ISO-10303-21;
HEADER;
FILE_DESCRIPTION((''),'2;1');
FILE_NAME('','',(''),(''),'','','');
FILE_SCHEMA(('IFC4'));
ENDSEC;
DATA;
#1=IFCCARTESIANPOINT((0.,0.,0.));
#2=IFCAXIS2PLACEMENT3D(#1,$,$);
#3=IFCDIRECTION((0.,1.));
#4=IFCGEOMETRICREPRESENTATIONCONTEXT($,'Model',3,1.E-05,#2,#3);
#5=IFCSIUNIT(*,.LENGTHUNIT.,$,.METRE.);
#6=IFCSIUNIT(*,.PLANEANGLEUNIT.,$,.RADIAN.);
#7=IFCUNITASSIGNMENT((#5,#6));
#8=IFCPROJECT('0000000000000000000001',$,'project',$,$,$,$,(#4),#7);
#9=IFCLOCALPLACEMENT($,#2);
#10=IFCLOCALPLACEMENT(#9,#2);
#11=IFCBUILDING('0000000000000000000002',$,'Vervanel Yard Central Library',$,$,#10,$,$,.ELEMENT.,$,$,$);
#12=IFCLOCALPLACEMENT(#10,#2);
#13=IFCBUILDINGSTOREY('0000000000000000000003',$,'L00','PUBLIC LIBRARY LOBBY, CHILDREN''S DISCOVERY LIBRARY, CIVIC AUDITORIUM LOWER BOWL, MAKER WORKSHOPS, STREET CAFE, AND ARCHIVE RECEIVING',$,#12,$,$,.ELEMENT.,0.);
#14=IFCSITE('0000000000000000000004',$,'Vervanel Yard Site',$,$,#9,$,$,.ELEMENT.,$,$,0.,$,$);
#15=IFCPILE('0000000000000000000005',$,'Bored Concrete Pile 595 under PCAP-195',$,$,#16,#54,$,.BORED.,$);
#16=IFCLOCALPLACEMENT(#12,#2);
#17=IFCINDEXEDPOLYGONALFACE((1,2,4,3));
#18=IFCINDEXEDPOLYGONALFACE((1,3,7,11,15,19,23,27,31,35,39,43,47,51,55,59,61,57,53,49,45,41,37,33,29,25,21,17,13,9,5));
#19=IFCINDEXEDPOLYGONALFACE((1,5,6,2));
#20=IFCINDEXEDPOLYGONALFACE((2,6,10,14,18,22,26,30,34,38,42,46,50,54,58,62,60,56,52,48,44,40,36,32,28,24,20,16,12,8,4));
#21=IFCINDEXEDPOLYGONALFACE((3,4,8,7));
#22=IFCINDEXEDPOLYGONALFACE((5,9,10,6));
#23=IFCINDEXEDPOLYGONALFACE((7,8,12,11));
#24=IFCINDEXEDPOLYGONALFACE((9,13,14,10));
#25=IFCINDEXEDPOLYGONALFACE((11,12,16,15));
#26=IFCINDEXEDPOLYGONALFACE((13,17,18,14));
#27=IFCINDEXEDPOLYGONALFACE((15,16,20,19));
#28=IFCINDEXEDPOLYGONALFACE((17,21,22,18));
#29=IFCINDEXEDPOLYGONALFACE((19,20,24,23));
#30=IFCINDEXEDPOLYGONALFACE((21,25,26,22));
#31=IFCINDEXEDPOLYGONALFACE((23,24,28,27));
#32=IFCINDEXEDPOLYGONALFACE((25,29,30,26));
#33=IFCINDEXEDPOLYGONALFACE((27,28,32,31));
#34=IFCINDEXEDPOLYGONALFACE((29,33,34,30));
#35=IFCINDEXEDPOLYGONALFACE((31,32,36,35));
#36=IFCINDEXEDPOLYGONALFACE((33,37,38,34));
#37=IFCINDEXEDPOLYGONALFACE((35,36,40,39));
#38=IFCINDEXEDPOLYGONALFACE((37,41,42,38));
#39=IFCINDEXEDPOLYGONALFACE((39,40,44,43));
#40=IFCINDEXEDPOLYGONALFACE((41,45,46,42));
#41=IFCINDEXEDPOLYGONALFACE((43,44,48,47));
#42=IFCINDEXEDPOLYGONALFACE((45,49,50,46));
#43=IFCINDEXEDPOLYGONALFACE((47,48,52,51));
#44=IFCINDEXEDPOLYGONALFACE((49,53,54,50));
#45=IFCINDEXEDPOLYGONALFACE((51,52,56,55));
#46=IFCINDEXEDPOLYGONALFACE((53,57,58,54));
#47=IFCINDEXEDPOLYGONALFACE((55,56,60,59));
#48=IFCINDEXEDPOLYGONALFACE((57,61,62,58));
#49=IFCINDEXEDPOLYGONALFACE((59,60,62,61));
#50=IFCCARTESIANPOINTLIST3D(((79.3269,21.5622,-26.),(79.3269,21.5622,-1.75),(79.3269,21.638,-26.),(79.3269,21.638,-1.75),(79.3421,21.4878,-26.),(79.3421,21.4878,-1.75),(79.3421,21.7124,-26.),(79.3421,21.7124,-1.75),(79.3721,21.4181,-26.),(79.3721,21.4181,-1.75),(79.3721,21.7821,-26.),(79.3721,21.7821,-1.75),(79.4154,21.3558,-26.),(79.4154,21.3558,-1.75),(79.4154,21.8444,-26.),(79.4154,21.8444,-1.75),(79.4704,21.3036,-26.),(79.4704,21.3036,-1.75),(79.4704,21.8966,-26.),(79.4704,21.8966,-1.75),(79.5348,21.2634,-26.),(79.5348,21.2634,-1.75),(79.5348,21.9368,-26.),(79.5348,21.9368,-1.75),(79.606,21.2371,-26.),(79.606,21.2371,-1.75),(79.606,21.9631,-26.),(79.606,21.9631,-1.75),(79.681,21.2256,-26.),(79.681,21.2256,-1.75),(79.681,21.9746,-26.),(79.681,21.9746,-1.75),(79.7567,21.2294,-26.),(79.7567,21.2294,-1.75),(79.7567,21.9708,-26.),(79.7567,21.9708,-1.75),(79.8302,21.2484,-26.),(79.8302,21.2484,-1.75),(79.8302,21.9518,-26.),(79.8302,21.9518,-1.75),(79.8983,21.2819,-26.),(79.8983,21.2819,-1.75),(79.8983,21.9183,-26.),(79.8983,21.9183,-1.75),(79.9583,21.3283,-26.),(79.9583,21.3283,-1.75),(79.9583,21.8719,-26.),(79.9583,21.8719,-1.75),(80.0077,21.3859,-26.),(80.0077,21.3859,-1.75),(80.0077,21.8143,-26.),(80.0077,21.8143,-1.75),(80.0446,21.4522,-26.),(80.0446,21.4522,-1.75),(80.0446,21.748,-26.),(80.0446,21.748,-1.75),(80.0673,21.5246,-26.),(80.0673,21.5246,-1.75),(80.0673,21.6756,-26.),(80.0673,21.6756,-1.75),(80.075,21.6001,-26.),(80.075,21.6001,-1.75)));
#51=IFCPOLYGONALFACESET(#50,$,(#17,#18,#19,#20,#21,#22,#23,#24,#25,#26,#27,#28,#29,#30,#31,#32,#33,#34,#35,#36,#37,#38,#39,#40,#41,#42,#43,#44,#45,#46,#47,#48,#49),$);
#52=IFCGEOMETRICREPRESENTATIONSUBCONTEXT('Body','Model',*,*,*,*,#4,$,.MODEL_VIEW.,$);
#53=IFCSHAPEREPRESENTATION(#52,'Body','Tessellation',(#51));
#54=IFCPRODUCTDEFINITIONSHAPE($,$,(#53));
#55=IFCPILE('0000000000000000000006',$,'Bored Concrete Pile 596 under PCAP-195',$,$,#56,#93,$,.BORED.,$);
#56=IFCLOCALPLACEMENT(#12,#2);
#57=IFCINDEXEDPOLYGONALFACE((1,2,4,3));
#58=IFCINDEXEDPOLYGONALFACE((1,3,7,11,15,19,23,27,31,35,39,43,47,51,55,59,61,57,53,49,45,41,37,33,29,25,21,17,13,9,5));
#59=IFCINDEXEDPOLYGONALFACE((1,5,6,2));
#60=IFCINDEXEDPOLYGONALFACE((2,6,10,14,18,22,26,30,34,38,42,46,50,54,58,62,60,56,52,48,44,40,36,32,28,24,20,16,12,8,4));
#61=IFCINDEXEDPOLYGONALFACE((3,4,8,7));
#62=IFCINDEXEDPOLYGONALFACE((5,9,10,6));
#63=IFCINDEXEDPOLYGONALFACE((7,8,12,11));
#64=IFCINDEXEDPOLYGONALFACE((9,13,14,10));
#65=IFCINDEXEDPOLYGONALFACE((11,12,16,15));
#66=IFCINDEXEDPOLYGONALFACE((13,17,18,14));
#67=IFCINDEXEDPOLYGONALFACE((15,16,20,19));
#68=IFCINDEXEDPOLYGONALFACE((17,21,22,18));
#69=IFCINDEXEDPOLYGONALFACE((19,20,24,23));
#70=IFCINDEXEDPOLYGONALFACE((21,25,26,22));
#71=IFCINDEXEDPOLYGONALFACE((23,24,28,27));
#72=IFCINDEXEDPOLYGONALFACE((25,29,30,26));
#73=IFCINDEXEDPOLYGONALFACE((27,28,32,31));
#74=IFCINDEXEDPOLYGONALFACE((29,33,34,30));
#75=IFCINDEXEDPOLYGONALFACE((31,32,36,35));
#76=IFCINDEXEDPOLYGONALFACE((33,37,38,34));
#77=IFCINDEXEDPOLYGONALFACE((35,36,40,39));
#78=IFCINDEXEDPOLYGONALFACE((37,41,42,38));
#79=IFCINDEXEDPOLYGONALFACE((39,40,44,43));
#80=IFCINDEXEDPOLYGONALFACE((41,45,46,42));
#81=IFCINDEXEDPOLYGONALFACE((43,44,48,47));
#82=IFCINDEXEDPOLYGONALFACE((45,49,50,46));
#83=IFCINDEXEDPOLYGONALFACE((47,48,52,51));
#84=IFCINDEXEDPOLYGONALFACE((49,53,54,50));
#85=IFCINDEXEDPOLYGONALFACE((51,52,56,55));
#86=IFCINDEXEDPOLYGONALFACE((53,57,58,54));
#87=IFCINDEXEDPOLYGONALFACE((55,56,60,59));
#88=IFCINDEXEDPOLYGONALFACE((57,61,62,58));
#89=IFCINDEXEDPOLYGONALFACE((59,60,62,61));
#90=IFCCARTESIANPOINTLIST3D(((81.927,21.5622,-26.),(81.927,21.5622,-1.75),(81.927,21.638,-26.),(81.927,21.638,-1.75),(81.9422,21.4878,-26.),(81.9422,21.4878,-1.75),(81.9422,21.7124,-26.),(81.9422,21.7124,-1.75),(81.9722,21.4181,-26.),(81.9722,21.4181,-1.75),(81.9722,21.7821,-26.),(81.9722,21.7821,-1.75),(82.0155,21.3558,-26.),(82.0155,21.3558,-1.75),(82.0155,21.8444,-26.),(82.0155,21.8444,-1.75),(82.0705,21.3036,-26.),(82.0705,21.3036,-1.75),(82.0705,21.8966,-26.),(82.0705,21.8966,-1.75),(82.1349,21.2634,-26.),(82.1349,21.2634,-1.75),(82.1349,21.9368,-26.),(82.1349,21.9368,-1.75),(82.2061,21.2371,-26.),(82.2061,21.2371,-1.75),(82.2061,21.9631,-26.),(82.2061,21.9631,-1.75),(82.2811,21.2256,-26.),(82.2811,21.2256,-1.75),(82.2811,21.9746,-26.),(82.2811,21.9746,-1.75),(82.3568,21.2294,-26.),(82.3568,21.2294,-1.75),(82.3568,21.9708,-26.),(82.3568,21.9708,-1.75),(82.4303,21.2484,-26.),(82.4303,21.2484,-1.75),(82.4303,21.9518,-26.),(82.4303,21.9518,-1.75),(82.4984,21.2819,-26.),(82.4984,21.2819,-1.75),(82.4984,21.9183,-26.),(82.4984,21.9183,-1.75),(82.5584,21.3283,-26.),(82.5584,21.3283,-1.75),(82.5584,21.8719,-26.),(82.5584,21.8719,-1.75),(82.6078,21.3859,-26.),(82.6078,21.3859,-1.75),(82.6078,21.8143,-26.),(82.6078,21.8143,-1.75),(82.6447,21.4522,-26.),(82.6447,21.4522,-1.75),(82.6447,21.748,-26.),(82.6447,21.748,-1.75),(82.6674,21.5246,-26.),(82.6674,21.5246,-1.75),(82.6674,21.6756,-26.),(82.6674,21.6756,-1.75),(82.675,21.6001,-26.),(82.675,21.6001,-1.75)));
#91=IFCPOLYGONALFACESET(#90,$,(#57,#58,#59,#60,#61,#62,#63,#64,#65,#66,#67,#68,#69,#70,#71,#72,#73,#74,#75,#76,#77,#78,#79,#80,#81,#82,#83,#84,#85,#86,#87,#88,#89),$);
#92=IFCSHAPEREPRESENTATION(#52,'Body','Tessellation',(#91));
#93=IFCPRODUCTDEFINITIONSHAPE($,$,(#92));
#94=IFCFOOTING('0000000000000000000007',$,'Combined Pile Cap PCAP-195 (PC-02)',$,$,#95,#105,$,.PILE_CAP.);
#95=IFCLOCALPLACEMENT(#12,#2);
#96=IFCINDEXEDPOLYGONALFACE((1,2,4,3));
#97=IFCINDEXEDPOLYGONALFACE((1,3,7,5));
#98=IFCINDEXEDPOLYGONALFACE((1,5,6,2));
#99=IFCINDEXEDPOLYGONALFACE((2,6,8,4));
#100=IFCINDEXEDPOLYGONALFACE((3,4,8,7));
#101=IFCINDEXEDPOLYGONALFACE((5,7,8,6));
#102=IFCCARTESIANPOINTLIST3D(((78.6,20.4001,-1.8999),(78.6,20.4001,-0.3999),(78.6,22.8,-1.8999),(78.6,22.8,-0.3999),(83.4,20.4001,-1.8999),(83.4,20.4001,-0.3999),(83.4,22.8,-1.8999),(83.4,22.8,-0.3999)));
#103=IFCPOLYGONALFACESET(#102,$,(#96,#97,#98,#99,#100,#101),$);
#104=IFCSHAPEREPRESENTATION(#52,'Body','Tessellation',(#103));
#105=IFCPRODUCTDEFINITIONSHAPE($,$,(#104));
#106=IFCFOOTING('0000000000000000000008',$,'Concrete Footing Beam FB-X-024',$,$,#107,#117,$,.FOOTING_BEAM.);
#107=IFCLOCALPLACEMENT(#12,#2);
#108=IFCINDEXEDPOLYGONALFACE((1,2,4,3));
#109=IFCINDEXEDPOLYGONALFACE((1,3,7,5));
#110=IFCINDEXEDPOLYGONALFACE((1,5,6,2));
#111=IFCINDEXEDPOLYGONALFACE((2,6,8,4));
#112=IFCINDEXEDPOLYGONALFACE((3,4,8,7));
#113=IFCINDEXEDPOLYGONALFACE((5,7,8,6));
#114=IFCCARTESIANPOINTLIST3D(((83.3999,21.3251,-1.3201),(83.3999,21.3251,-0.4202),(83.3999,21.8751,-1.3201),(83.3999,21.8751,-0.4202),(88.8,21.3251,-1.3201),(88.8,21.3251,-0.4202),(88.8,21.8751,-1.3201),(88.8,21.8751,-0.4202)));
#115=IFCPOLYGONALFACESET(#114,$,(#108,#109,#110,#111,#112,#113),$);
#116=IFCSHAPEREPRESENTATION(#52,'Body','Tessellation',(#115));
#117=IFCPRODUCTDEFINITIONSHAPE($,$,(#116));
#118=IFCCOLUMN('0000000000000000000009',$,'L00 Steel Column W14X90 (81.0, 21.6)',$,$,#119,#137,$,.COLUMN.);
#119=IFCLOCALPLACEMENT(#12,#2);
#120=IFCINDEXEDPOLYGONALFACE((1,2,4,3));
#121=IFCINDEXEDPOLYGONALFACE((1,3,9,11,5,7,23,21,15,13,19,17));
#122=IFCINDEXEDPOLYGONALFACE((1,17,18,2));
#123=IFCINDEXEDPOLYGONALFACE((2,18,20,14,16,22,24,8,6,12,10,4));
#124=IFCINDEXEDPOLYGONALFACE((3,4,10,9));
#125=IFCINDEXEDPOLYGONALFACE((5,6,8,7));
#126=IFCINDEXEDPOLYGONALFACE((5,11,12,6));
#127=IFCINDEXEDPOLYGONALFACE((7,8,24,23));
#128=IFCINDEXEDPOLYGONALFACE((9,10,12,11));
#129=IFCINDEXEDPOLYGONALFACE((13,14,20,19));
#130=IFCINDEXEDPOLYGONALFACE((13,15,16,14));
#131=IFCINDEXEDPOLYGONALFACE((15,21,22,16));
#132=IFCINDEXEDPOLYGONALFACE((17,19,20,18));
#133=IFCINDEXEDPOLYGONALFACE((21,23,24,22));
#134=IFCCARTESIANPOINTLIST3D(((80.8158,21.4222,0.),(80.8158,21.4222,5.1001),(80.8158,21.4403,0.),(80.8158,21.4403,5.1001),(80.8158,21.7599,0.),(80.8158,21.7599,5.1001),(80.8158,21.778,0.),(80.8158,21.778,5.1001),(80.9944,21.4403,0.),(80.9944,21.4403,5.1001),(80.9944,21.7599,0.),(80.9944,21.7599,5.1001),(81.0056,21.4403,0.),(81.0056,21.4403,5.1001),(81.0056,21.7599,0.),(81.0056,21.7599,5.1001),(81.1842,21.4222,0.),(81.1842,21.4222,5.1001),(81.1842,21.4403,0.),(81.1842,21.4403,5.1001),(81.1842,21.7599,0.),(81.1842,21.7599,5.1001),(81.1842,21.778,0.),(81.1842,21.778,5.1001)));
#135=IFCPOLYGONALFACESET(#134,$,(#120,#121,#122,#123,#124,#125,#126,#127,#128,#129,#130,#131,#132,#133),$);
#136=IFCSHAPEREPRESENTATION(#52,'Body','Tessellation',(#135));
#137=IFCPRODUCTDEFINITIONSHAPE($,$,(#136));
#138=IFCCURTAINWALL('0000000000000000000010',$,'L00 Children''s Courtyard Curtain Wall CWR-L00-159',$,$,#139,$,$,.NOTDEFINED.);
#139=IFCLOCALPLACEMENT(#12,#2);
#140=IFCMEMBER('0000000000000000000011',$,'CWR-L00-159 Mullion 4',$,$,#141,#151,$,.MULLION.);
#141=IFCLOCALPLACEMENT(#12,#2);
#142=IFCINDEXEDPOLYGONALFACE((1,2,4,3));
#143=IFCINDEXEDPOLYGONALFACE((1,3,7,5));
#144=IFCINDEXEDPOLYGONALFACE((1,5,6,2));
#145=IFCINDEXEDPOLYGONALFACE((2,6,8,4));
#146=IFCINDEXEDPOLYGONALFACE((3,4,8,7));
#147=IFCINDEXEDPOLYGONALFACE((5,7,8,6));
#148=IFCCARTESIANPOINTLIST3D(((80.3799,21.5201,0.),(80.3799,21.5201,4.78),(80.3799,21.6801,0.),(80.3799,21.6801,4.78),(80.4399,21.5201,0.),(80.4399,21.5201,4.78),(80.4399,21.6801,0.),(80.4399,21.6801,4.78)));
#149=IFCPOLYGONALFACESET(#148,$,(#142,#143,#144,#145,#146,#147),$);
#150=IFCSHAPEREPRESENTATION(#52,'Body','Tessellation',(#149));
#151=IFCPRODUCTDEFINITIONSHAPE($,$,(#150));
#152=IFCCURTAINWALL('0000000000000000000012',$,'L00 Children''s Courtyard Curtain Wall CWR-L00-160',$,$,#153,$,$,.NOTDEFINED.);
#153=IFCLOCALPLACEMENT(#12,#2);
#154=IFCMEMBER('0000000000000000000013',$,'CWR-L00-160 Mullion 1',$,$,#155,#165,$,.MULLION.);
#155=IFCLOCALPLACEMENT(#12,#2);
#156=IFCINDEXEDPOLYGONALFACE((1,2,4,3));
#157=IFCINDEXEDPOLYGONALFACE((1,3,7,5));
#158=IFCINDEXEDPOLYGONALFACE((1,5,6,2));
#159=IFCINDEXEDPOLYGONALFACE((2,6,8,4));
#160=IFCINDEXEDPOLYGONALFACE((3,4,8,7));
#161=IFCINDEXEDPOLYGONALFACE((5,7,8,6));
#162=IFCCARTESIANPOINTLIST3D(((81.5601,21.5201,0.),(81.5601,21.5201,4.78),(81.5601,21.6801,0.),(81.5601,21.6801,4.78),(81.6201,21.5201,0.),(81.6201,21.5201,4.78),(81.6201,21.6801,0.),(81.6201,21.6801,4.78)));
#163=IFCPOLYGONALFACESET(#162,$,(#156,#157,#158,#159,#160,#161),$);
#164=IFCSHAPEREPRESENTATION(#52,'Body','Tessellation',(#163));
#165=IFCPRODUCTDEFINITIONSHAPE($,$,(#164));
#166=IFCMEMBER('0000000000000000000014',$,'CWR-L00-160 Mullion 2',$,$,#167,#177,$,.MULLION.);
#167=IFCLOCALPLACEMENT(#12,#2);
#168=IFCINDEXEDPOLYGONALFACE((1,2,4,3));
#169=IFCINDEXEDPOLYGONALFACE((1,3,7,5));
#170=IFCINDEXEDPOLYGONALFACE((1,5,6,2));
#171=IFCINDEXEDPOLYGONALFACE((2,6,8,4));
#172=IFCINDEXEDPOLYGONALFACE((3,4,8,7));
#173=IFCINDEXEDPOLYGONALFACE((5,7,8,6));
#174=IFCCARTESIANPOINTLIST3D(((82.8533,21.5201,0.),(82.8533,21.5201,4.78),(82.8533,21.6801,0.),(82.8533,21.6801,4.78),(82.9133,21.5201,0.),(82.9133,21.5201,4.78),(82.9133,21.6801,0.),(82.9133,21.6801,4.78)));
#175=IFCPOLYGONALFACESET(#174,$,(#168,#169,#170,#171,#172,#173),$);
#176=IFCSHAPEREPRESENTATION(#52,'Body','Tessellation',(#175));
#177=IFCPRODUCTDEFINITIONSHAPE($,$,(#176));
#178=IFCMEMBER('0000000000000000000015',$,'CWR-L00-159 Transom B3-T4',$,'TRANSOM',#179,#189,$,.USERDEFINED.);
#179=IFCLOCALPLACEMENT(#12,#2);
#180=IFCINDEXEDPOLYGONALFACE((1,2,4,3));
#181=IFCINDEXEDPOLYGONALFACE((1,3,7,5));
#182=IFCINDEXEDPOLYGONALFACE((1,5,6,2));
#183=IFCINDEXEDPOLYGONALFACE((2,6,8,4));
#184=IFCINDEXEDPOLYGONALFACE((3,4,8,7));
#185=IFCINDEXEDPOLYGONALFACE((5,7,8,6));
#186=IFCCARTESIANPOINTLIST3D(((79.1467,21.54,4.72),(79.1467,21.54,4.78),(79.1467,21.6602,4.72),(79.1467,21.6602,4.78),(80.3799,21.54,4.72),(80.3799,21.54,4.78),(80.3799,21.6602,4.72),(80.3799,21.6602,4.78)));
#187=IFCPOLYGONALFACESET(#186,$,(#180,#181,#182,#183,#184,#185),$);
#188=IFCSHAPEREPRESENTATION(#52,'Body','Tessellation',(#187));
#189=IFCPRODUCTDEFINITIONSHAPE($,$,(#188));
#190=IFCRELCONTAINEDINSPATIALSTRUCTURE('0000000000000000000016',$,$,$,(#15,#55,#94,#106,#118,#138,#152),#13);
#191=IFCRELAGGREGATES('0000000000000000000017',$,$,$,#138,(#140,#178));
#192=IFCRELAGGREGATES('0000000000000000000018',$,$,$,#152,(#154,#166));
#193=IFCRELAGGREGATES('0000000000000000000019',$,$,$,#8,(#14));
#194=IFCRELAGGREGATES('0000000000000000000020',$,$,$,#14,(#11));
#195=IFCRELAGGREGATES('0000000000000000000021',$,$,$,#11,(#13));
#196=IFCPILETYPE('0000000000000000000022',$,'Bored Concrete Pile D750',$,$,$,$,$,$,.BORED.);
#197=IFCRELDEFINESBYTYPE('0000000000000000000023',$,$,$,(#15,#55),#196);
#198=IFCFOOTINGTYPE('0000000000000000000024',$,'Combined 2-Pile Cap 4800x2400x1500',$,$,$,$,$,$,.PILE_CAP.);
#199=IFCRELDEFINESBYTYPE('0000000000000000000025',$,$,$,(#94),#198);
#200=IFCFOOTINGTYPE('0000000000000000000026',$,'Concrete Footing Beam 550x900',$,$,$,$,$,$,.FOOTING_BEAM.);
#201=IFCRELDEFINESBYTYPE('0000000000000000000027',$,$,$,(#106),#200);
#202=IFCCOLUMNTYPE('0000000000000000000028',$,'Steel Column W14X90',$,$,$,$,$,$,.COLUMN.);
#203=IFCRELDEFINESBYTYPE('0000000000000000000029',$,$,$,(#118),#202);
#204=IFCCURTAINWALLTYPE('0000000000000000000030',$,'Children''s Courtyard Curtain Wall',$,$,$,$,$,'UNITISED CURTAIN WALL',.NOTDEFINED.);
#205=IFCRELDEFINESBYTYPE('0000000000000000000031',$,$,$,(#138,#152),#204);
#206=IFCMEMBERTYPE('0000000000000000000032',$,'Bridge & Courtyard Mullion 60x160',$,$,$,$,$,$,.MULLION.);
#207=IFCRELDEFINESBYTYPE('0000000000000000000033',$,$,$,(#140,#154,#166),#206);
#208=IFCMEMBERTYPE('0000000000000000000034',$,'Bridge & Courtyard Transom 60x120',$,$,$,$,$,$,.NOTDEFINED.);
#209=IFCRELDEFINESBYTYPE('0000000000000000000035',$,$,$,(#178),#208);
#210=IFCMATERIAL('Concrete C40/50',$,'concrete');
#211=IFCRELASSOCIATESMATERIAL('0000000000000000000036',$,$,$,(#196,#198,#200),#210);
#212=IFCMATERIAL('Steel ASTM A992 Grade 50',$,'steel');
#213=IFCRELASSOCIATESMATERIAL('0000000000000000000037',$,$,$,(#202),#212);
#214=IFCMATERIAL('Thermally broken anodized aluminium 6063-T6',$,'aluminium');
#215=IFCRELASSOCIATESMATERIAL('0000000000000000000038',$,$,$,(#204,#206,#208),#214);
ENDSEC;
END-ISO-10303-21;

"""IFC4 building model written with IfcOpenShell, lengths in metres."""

from ifc_helpers import new_model, si_unit, direction, frame, origin, origin_2d, place, context, subcontext, project, spatial, rectangle, circle, i_section, extrude, material, material_profile, profile_set, type_object, element, aggregate, save


model = new_model("IFC4")

# Units and contexts
model_context = context("Model", 3, precision=1e-05, world=origin(), true_north=direction((0.0, 1.0)))
body_context = subcontext(model_context, "Body", "Model", "MODEL_VIEW")
ifc_project = project(units=[si_unit("LENGTHUNIT", "METRE"), si_unit("PLANEANGLEUNIT", "RADIAN")], contexts=[model_context])

# Site, building, storey
site_placement = place(None, origin())
site = spatial("IfcSite", under=ifc_project, at=site_placement, Name="Vervanel Yard Site", CompositionType="ELEMENT", RefElevation=0.0)
building_placement = place(site_placement, origin())
building = spatial("IfcBuilding", under=site, at=building_placement, Name="Vervanel Yard Central Library", CompositionType="ELEMENT")
storey_placement = place(building_placement, origin())
storey = spatial("IfcBuildingStorey", under=building, at=storey_placement, Name="L00", Description="PUBLIC LIBRARY LOBBY, CHILDREN'S DISCOVERY LIBRARY, CIVIC AUDITORIUM LOWER BOWL, MAKER WORKSHOPS, STREET CAFE, AND ARCHIVE RECEIVING", CompositionType="ELEMENT", Elevation=0.0)

# Piles
ifc_material_1 = material(Name="Concrete C40/50", Category="concrete")
ifc_material_profile_1 = material_profile(ifc_material_1, circle(Radius=0.375, at=origin_2d()), Name="BP D750", Category="concrete")
ifc_profile_set_1 = profile_set([ifc_material_profile_1], Name="Concrete C40/50")
pile_type = type_object("IfcPileType", Name="Bored Concrete Pile D750", PredefinedType="BORED", material=ifc_profile_set_1)
for number, where, z_axis, x_axis, name in (
    (1, (79.7, 21.6001, -1.75), (0.0, 0.0, -1.0), (1.0, 0.0, 0.0), "Bored Concrete Pile 595 under PCAP-195"),
    (2, (82.3, 21.6001, -1.75), (0.0, 0.0, -1.0), (1.0, 0.0, 0.0), "Bored Concrete Pile 596 under PCAP-195"),
):
    element("IfcPile", number, at=place(storey_placement, frame(where, z_axis=z_axis, x_axis=x_axis)), inside=storey, type_object=pile_type, Name=name, PredefinedType="BORED", context=body_context, shape_type="SweptSolid", body=[
        extrude(circle(Radius=0.375, at=origin_2d()), origin(), (0.0, 0.0, 1.0), 24.25),
    ])

# Footings
footing_type_1 = type_object("IfcFootingType", Name="Combined 2-Pile Cap 4800x2400x1500", PredefinedType="PILE_CAP", material=ifc_material_1)
footing_1_placement = place(storey_placement, frame((81.0, 21.6001, -1.8999), z_axis=(0.0, 0.0, 1.0), x_axis=(1.0, 0.0, 0.0)))
element("IfcFooting", 3, at=footing_1_placement, inside=storey, type_object=footing_type_1, Name="Combined Pile Cap PCAP-195 (PC-02)", PredefinedType="PILE_CAP", context=body_context, shape_type="SweptSolid", body=[
    extrude(rectangle(XDim=4.8, YDim=2.3999, at=origin_2d()), origin(), (0.0, 0.0, 1.0), 1.5),
])
ifc_material_profile_2 = material_profile(ifc_material_1, rectangle(XDim=0.55, YDim=0.8999, at=origin_2d()), Name="RC 550x900", Category="concrete")
ifc_profile_set_2 = profile_set([ifc_material_profile_2], Name="Concrete C40/50")
footing_type_2 = type_object("IfcFootingType", Name="Concrete Footing Beam 550x900", PredefinedType="FOOTING_BEAM", material=ifc_profile_set_2)
footing_2_placement = place(storey_placement, frame((83.3999, 21.6001, -0.8701), z_axis=(1.0, 0.0, 0.0), x_axis=(0.0, 1.0, 0.0)))
element("IfcFooting", 4, at=footing_2_placement, inside=storey, type_object=footing_type_2, Name="Concrete Footing Beam FB-X-024", PredefinedType="FOOTING_BEAM", context=body_context, shape_type="SweptSolid", body=[
    extrude(rectangle(XDim=0.55, YDim=0.8999, at=origin_2d()), origin(), (0.0, 0.0, 1.0), 5.4001),
])

# Column
ifc_material_2 = material(Name="Steel ASTM A992 Grade 50", Category="steel")
ifc_material_profile_3 = material_profile(ifc_material_2, i_section(OverallWidth=0.3684, OverallDepth=0.3557, WebThickness=0.0112, FlangeThickness=0.0181, at=origin_2d()), Name="W14X90", Category="steel")
ifc_profile_set_3 = profile_set([ifc_material_profile_3], Name="Steel ASTM A992 Grade 50")
column_type = type_object("IfcColumnType", Name="Steel Column W14X90", PredefinedType="COLUMN", material=ifc_profile_set_3)
column_placement = place(storey_placement, frame((81.0, 21.6001, 0.0), z_axis=(0.0, 0.0, 1.0), x_axis=(1.0, 0.0, 0.0)))
element("IfcColumn", 5, at=column_placement, inside=storey, type_object=column_type, Name="L00 Steel Column W14X90 (81.0, 21.6)", PredefinedType="COLUMN", context=body_context, shape_type="SweptSolid", body=[
    extrude(i_section(OverallWidth=0.3684, OverallDepth=0.3557, WebThickness=0.0112, FlangeThickness=0.0181, at=origin_2d()), origin(), (0.0, 0.0, 1.0), 5.1001),
])

# Curtain wall, member
ifc_material_3 = material(Name="Thermally broken anodized aluminium 6063-T6", Category="aluminium")
curtain_wall_type = type_object("IfcCurtainWallType", Name="Children's Courtyard Curtain Wall", ElementType="UNITISED CURTAIN WALL", PredefinedType="NOTDEFINED", material=ifc_material_3)
curtain_wall_1_placement = place(storey_placement, origin())
curtain_wall_1 = element("IfcCurtainWall", 6, at=curtain_wall_1_placement, inside=storey, type_object=curtain_wall_type, Name="L00 Children's Courtyard Curtain Wall CWR-L00-159", PredefinedType="NOTDEFINED")
ifc_material_profile_4 = material_profile(ifc_material_3, rectangle(XDim=0.0601, YDim=0.1599, at=origin_2d()), Name="ALU 60x160", Category="aluminium")
ifc_profile_set_4 = profile_set([ifc_material_profile_4], Name="Thermally broken anodized aluminium 6063-T6")
member_type_1 = type_object("IfcMemberType", Name="Bridge & Courtyard Mullion 60x160", PredefinedType="MULLION", material=ifc_profile_set_4)
member_1_placement = place(storey_placement, frame((80.4099, 21.6001, 0.0), z_axis=(0.0, 0.0, 1.0), x_axis=(1.0, 0.0, 0.0)))
member_1 = element("IfcMember", 7, at=member_1_placement, type_object=member_type_1, Name="CWR-L00-159 Mullion 4", PredefinedType="MULLION", context=body_context, shape_type="SweptSolid", body=[
    extrude(rectangle(XDim=0.0601, YDim=0.1599, at=origin_2d()), origin(), (0.0, 0.0, 1.0), 4.78),
])

# Curtain wall, members
curtain_wall_2_placement = place(storey_placement, origin())
curtain_wall_2 = element("IfcCurtainWall", 8, at=curtain_wall_2_placement, inside=storey, type_object=curtain_wall_type, Name="L00 Children's Courtyard Curtain Wall CWR-L00-160", PredefinedType="NOTDEFINED")
member_2_placement = place(storey_placement, frame((81.5901, 21.6001, 0.0), z_axis=(0.0, 0.0, 1.0), x_axis=(1.0, 0.0, 0.0)))
member_2 = element("IfcMember", 9, at=member_2_placement, type_object=member_type_1, Name="CWR-L00-160 Mullion 1", PredefinedType="MULLION", context=body_context, shape_type="SweptSolid", body=[
    extrude(rectangle(XDim=0.0601, YDim=0.1599, at=origin_2d()), origin(), (0.0, 0.0, 1.0), 4.78),
])
member_3_placement = place(storey_placement, frame((82.8833, 21.6001, 0.0), z_axis=(0.0, 0.0, 1.0), x_axis=(1.0, 0.0, 0.0)))
member_3 = element("IfcMember", 10, at=member_3_placement, type_object=member_type_1, Name="CWR-L00-160 Mullion 2", PredefinedType="MULLION", context=body_context, shape_type="SweptSolid", body=[
    extrude(rectangle(XDim=0.0601, YDim=0.1599, at=origin_2d()), origin(), (0.0, 0.0, 1.0), 4.78),
])

# Member
ifc_material_profile_5 = material_profile(ifc_material_3, rectangle(XDim=0.0601, YDim=0.1201, at=origin_2d()), Name="ALU 60x120", Category="aluminium")
ifc_profile_set_5 = profile_set([ifc_material_profile_5], Name="Thermally broken anodized aluminium 6063-T6")
member_type_2 = type_object("IfcMemberType", Name="Bridge & Courtyard Transom 60x120", PredefinedType="NOTDEFINED", material=ifc_profile_set_5)
member_4_placement = place(storey_placement, frame((79.1467, 21.6001, 4.75), z_axis=(1.0, 0.0, 0.0), x_axis=(0.0, 0.0, 1.0)))
member_4 = element("IfcMember", 11, at=member_4_placement, type_object=member_type_2, Name="CWR-L00-159 Transom B3-T4", ObjectType="TRANSOM", PredefinedType="USERDEFINED", context=body_context, shape_type="SweptSolid", body=[
    extrude(rectangle(XDim=0.0601, YDim=0.1201, at=origin_2d()), origin(), (0.0, 0.0, 1.0), 1.2332),
])

aggregate(curtain_wall_1, [member_1, member_4])
aggregate(curtain_wall_2, [member_2, member_3])

save(model, "model.ifc")
